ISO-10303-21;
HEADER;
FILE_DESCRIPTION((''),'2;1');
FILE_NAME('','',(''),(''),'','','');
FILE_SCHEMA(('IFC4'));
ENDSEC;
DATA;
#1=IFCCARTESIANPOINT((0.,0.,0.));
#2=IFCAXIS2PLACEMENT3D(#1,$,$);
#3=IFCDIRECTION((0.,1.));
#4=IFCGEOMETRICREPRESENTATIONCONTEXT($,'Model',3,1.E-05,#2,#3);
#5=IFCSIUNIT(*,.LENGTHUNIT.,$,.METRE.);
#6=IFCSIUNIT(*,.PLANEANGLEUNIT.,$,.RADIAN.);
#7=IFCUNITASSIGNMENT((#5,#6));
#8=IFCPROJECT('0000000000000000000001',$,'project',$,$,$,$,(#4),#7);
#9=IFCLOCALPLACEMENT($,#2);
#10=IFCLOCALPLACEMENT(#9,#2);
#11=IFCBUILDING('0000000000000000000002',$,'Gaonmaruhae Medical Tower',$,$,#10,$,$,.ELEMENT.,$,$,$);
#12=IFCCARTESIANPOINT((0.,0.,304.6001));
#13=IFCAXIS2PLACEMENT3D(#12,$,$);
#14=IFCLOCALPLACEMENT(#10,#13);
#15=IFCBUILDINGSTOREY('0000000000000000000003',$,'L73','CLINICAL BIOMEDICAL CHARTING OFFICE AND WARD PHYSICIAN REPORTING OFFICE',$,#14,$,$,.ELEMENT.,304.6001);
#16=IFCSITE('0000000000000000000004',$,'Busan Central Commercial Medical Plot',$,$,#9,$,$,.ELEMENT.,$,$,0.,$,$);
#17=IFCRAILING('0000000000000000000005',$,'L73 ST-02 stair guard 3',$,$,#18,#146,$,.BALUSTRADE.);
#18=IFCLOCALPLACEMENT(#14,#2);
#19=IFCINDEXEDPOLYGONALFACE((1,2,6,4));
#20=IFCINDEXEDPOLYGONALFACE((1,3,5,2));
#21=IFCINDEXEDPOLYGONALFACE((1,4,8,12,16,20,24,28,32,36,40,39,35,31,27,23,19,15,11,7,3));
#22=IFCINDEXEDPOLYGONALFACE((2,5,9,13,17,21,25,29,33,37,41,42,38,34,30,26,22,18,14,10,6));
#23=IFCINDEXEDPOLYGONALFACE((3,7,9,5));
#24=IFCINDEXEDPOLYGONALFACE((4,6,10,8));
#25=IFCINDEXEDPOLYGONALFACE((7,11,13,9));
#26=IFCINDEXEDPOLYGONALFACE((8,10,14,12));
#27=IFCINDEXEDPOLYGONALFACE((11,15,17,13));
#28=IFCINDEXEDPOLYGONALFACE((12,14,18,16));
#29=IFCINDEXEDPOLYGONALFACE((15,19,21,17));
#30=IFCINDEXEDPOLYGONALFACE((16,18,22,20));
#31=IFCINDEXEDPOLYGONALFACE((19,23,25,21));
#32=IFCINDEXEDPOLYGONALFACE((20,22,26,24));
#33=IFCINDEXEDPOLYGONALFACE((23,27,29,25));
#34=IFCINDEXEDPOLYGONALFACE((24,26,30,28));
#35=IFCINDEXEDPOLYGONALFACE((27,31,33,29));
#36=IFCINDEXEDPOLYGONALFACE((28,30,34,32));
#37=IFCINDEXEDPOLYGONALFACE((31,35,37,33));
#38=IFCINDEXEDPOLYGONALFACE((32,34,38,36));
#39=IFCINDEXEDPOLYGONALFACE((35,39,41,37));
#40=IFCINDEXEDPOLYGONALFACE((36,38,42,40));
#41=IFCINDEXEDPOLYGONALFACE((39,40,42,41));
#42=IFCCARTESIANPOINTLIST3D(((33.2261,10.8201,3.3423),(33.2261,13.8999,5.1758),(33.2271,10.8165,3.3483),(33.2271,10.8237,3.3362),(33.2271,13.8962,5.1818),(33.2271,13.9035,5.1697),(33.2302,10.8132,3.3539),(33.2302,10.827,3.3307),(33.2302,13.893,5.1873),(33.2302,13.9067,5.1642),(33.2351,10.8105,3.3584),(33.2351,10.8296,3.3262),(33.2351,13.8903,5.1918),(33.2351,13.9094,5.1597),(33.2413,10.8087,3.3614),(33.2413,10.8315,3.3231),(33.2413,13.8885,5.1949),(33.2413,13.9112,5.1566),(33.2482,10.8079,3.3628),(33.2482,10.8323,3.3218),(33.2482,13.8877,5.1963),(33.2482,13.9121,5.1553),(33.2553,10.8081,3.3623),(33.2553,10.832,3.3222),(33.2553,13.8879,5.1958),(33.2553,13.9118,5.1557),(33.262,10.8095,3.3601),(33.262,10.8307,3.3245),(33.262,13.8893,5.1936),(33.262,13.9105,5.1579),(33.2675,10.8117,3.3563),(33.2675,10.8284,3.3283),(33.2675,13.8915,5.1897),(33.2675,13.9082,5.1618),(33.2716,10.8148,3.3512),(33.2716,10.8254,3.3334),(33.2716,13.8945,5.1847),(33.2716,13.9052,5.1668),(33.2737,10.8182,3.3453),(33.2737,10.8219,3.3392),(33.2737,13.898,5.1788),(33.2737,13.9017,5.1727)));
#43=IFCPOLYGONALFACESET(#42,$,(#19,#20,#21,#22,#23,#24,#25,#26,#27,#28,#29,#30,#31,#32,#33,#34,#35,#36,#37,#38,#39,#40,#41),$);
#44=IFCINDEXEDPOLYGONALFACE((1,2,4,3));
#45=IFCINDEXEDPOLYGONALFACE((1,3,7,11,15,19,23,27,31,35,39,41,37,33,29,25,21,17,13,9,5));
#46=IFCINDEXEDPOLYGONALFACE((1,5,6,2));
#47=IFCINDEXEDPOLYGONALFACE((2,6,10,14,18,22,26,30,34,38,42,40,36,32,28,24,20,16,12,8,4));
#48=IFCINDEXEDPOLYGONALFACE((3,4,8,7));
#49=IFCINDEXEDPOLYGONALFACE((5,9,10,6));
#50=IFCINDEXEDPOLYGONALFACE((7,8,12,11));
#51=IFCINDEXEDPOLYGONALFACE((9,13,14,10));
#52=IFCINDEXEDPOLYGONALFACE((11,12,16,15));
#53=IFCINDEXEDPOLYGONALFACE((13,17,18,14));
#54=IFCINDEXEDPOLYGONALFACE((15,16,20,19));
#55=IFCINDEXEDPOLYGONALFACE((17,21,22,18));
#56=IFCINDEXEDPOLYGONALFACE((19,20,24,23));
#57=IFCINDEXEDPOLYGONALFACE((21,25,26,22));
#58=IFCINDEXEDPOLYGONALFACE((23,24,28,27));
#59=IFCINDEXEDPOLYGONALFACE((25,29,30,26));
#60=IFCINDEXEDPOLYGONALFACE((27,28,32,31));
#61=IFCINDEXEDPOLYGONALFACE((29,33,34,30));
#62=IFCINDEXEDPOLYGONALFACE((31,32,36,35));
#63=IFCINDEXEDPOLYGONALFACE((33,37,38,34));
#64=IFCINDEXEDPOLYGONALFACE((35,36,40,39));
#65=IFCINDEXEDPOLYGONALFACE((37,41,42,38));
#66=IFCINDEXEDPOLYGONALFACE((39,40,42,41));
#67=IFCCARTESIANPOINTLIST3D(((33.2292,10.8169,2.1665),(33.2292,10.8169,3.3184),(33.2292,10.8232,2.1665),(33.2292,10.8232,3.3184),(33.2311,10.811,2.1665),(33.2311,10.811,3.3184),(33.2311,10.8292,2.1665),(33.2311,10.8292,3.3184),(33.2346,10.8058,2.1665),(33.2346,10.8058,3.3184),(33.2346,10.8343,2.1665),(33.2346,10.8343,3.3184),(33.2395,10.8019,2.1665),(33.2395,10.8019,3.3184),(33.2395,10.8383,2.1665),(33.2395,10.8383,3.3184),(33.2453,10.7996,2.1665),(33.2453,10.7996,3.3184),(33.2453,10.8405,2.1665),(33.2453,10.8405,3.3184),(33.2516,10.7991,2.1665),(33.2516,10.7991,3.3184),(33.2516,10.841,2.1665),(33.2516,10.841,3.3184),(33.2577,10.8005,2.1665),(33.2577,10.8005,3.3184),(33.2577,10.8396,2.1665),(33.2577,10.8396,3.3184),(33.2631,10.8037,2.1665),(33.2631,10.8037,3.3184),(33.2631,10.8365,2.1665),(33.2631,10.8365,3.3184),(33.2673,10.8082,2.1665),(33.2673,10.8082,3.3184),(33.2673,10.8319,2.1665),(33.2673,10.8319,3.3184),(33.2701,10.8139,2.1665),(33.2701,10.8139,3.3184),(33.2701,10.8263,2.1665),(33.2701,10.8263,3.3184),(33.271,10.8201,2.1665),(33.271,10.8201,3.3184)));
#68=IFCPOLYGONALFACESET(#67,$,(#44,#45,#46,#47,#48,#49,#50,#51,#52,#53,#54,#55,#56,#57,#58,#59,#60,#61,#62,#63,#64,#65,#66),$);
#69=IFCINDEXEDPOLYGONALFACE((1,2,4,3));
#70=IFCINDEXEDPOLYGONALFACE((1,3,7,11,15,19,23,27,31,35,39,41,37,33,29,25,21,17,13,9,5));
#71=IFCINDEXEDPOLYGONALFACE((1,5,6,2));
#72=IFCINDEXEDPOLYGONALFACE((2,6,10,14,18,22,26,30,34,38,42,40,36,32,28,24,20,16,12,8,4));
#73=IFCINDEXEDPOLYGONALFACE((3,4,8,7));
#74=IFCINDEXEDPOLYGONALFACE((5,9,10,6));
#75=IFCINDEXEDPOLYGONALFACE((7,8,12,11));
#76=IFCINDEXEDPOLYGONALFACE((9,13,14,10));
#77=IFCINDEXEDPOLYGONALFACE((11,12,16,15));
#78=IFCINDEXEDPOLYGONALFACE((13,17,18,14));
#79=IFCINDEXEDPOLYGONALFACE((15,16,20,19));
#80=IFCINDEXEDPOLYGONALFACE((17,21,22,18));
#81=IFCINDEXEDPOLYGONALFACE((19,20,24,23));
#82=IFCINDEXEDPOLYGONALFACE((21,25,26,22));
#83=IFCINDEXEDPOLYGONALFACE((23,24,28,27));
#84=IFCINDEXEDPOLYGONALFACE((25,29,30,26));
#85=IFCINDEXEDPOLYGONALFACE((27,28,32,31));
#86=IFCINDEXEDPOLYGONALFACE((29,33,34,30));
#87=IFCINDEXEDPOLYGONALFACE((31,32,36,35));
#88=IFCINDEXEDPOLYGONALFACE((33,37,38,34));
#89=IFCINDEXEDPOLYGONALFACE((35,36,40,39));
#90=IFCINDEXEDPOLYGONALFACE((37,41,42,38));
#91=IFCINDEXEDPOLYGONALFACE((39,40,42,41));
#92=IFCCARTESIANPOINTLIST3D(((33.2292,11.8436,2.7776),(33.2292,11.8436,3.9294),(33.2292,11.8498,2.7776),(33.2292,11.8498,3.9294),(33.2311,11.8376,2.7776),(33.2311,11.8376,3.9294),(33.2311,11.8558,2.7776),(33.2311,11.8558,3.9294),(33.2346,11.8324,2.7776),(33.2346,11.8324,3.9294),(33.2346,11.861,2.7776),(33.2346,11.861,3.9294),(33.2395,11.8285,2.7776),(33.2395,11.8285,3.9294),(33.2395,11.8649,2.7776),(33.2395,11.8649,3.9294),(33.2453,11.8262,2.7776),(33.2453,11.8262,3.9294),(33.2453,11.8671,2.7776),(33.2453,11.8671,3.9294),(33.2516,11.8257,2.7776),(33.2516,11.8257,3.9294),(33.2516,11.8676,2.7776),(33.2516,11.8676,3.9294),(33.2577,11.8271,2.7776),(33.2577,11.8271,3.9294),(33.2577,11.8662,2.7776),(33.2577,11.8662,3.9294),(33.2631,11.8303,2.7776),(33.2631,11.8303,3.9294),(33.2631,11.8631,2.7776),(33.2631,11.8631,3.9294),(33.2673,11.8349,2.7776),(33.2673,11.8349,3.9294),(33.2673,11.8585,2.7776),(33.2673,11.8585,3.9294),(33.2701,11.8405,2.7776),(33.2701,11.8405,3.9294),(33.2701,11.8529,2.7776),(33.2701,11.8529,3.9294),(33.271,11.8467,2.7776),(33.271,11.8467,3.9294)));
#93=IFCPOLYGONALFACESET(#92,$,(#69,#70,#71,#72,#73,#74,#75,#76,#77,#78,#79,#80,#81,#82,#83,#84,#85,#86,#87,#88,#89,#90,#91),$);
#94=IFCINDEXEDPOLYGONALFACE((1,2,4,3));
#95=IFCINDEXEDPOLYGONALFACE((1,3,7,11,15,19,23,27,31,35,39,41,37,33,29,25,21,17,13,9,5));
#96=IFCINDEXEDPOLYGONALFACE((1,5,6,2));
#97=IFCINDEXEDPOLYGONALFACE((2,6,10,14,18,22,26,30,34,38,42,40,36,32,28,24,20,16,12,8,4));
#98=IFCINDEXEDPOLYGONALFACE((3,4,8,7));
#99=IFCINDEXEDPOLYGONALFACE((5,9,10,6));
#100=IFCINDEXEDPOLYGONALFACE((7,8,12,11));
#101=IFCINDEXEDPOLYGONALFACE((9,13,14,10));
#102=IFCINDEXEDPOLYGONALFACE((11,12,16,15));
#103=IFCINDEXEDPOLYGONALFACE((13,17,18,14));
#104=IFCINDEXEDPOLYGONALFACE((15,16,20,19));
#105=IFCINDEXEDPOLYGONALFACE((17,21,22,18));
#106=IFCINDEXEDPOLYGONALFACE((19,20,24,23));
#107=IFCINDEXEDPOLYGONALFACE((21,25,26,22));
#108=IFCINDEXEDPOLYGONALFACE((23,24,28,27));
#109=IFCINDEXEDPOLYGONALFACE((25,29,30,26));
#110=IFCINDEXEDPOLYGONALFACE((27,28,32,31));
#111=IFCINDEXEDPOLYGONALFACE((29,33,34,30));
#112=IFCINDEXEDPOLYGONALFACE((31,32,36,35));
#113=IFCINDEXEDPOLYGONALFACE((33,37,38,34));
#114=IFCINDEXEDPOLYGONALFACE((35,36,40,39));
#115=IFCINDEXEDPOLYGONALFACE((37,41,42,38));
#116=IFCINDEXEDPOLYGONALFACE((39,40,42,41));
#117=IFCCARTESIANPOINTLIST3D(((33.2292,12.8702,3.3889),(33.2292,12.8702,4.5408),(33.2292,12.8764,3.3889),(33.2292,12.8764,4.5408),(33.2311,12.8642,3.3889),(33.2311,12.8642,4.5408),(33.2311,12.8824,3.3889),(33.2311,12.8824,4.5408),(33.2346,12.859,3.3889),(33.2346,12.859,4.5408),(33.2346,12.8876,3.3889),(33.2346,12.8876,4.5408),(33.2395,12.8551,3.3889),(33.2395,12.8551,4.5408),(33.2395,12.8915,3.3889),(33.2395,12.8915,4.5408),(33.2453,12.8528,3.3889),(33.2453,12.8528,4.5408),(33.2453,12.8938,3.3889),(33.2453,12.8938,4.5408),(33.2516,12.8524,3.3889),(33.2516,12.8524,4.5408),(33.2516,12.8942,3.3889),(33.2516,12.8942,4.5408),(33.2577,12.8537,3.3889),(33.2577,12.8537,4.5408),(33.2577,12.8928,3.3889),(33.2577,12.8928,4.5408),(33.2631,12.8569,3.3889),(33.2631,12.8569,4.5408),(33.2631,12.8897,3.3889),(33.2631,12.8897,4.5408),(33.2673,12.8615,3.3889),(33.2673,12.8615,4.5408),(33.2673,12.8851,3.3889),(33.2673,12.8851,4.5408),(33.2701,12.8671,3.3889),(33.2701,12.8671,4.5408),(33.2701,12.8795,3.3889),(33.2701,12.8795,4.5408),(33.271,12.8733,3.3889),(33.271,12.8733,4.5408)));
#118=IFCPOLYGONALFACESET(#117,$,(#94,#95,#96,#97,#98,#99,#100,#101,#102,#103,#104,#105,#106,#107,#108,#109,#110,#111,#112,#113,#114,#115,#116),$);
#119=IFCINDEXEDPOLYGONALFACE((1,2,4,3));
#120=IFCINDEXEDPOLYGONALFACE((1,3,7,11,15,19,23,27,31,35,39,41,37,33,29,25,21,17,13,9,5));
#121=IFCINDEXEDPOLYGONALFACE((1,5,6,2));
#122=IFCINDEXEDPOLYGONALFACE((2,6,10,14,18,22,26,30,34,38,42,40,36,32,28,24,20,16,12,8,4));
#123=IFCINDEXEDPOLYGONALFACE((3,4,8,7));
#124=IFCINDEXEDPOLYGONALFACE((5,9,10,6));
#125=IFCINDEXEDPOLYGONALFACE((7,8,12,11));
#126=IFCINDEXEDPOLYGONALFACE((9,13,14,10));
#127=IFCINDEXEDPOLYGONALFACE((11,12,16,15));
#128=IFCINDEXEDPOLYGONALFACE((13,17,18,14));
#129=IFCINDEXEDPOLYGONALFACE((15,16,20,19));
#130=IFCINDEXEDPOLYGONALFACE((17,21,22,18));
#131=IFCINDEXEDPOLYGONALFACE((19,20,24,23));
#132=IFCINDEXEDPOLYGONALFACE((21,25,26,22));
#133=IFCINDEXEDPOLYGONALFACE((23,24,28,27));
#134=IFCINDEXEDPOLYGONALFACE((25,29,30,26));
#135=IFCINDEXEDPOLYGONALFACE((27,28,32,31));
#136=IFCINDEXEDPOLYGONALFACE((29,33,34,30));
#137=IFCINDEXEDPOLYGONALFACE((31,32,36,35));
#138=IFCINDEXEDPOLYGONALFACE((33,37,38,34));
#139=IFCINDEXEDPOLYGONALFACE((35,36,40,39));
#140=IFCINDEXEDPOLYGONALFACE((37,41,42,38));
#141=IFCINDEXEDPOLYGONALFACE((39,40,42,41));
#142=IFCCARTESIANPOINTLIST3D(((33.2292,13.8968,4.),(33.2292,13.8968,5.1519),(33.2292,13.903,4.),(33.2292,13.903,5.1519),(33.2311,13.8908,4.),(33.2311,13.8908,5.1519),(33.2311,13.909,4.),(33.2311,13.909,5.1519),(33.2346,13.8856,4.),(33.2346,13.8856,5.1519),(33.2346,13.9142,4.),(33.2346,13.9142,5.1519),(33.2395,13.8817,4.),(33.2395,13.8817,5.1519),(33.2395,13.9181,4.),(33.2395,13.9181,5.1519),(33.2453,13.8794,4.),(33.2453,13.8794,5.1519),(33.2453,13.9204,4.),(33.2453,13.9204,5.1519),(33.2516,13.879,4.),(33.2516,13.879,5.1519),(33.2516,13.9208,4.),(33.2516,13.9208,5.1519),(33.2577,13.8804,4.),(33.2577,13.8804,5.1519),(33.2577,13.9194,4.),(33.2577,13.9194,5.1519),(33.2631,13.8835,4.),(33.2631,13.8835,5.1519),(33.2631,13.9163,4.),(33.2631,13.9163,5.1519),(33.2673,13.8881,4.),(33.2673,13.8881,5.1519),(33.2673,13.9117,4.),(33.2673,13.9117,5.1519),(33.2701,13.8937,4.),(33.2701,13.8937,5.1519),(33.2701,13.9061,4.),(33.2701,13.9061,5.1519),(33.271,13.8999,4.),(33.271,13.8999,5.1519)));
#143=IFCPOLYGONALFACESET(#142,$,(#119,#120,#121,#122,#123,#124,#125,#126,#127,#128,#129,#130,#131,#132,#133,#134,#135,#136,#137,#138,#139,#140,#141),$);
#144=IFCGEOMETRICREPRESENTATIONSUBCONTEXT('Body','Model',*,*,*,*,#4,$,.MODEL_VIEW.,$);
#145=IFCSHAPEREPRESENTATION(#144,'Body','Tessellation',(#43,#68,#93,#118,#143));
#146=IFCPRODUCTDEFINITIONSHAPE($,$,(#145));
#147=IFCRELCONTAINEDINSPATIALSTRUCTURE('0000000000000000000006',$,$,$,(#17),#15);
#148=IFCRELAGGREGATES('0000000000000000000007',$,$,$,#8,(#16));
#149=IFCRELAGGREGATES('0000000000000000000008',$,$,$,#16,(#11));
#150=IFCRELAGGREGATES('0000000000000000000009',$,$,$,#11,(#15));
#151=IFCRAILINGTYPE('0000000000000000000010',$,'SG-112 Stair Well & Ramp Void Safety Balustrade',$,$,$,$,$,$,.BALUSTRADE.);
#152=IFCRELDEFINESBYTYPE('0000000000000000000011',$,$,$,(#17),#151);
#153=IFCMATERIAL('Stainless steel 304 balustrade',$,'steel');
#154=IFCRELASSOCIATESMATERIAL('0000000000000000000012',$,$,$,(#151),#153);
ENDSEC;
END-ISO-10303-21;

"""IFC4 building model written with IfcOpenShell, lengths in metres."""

from ifc_helpers import new_model, si_unit, direction, frame, origin, origin_2d, place, context, subcontext, project, spatial, circle, extrude, material, type_object, element, save


model = new_model("IFC4")

# Units and contexts
model_context = context("Model", 3, precision=1e-05, world=origin(), true_north=direction((0.0, 1.0)))
body_context = subcontext(model_context, "Body", "Model", "MODEL_VIEW")
ifc_project = project(units=[si_unit("LENGTHUNIT", "METRE"), si_unit("PLANEANGLEUNIT", "RADIAN")], contexts=[model_context])

# Site, building, storey
site_placement = place(None, origin())
site = spatial("IfcSite", under=ifc_project, at=site_placement, Name="Busan Central Commercial Medical Plot", CompositionType="ELEMENT", RefElevation=0.0)
building_placement = place(site_placement, origin())
building = spatial("IfcBuilding", under=site, at=building_placement, Name="Gaonmaruhae Medical Tower", CompositionType="ELEMENT")
storey_placement = place(building_placement, frame((0.0, 0.0, 304.6001)))
storey = spatial("IfcBuildingStorey", under=building, at=storey_placement, Name="L73", Description="CLINICAL BIOMEDICAL CHARTING OFFICE AND WARD PHYSICIAN REPORTING OFFICE", CompositionType="ELEMENT", Elevation=304.6001)

# Railing
ifc_material_1 = material(Name="Stainless steel 304 balustrade", Category="steel")
railing_type_1 = type_object("IfcRailingType", Name="SG-112 Stair Well & Ramp Void Safety Balustrade", PredefinedType="BALUSTRADE", material=ifc_material_1)
railing_1_placement = place(storey_placement, frame((33.25, 10.8201, 2.1665)))
element("IfcRailing", 1, at=railing_1_placement, inside=storey, type_object=railing_type_1, Name="L73 ST-02 stair guard 3", PredefinedType="BALUSTRADE", context=body_context, shape_type="SweptSolid", body=[
    extrude(circle(Radius=0.0239, at=origin_2d()), frame((0.0, 0.0, 1.1758), z_axis=(0.0, 0.859261, 0.511538), x_axis=(-1.0, 0.0, 0.0)), (0.0, 0.0, 1.0), 3.5842),
    extrude(circle(Radius=0.021, at=origin_2d()), origin(), (0.0, 0.0, 1.0), 1.1519),
    extrude(circle(Radius=0.021, at=origin_2d()), frame((0.0, 1.0266, 0.6111)), (0.0, 0.0, 1.0), 1.1519),
    extrude(circle(Radius=0.021, at=origin_2d()), frame((0.0, 2.0532, 1.2224)), (0.0, 0.0, 1.0), 1.1519),
    extrude(circle(Radius=0.021, at=origin_2d()), frame((0.0, 3.0798, 1.8335)), (0.0, 0.0, 1.0), 1.1519),
])

save(model, "model.ifc")
